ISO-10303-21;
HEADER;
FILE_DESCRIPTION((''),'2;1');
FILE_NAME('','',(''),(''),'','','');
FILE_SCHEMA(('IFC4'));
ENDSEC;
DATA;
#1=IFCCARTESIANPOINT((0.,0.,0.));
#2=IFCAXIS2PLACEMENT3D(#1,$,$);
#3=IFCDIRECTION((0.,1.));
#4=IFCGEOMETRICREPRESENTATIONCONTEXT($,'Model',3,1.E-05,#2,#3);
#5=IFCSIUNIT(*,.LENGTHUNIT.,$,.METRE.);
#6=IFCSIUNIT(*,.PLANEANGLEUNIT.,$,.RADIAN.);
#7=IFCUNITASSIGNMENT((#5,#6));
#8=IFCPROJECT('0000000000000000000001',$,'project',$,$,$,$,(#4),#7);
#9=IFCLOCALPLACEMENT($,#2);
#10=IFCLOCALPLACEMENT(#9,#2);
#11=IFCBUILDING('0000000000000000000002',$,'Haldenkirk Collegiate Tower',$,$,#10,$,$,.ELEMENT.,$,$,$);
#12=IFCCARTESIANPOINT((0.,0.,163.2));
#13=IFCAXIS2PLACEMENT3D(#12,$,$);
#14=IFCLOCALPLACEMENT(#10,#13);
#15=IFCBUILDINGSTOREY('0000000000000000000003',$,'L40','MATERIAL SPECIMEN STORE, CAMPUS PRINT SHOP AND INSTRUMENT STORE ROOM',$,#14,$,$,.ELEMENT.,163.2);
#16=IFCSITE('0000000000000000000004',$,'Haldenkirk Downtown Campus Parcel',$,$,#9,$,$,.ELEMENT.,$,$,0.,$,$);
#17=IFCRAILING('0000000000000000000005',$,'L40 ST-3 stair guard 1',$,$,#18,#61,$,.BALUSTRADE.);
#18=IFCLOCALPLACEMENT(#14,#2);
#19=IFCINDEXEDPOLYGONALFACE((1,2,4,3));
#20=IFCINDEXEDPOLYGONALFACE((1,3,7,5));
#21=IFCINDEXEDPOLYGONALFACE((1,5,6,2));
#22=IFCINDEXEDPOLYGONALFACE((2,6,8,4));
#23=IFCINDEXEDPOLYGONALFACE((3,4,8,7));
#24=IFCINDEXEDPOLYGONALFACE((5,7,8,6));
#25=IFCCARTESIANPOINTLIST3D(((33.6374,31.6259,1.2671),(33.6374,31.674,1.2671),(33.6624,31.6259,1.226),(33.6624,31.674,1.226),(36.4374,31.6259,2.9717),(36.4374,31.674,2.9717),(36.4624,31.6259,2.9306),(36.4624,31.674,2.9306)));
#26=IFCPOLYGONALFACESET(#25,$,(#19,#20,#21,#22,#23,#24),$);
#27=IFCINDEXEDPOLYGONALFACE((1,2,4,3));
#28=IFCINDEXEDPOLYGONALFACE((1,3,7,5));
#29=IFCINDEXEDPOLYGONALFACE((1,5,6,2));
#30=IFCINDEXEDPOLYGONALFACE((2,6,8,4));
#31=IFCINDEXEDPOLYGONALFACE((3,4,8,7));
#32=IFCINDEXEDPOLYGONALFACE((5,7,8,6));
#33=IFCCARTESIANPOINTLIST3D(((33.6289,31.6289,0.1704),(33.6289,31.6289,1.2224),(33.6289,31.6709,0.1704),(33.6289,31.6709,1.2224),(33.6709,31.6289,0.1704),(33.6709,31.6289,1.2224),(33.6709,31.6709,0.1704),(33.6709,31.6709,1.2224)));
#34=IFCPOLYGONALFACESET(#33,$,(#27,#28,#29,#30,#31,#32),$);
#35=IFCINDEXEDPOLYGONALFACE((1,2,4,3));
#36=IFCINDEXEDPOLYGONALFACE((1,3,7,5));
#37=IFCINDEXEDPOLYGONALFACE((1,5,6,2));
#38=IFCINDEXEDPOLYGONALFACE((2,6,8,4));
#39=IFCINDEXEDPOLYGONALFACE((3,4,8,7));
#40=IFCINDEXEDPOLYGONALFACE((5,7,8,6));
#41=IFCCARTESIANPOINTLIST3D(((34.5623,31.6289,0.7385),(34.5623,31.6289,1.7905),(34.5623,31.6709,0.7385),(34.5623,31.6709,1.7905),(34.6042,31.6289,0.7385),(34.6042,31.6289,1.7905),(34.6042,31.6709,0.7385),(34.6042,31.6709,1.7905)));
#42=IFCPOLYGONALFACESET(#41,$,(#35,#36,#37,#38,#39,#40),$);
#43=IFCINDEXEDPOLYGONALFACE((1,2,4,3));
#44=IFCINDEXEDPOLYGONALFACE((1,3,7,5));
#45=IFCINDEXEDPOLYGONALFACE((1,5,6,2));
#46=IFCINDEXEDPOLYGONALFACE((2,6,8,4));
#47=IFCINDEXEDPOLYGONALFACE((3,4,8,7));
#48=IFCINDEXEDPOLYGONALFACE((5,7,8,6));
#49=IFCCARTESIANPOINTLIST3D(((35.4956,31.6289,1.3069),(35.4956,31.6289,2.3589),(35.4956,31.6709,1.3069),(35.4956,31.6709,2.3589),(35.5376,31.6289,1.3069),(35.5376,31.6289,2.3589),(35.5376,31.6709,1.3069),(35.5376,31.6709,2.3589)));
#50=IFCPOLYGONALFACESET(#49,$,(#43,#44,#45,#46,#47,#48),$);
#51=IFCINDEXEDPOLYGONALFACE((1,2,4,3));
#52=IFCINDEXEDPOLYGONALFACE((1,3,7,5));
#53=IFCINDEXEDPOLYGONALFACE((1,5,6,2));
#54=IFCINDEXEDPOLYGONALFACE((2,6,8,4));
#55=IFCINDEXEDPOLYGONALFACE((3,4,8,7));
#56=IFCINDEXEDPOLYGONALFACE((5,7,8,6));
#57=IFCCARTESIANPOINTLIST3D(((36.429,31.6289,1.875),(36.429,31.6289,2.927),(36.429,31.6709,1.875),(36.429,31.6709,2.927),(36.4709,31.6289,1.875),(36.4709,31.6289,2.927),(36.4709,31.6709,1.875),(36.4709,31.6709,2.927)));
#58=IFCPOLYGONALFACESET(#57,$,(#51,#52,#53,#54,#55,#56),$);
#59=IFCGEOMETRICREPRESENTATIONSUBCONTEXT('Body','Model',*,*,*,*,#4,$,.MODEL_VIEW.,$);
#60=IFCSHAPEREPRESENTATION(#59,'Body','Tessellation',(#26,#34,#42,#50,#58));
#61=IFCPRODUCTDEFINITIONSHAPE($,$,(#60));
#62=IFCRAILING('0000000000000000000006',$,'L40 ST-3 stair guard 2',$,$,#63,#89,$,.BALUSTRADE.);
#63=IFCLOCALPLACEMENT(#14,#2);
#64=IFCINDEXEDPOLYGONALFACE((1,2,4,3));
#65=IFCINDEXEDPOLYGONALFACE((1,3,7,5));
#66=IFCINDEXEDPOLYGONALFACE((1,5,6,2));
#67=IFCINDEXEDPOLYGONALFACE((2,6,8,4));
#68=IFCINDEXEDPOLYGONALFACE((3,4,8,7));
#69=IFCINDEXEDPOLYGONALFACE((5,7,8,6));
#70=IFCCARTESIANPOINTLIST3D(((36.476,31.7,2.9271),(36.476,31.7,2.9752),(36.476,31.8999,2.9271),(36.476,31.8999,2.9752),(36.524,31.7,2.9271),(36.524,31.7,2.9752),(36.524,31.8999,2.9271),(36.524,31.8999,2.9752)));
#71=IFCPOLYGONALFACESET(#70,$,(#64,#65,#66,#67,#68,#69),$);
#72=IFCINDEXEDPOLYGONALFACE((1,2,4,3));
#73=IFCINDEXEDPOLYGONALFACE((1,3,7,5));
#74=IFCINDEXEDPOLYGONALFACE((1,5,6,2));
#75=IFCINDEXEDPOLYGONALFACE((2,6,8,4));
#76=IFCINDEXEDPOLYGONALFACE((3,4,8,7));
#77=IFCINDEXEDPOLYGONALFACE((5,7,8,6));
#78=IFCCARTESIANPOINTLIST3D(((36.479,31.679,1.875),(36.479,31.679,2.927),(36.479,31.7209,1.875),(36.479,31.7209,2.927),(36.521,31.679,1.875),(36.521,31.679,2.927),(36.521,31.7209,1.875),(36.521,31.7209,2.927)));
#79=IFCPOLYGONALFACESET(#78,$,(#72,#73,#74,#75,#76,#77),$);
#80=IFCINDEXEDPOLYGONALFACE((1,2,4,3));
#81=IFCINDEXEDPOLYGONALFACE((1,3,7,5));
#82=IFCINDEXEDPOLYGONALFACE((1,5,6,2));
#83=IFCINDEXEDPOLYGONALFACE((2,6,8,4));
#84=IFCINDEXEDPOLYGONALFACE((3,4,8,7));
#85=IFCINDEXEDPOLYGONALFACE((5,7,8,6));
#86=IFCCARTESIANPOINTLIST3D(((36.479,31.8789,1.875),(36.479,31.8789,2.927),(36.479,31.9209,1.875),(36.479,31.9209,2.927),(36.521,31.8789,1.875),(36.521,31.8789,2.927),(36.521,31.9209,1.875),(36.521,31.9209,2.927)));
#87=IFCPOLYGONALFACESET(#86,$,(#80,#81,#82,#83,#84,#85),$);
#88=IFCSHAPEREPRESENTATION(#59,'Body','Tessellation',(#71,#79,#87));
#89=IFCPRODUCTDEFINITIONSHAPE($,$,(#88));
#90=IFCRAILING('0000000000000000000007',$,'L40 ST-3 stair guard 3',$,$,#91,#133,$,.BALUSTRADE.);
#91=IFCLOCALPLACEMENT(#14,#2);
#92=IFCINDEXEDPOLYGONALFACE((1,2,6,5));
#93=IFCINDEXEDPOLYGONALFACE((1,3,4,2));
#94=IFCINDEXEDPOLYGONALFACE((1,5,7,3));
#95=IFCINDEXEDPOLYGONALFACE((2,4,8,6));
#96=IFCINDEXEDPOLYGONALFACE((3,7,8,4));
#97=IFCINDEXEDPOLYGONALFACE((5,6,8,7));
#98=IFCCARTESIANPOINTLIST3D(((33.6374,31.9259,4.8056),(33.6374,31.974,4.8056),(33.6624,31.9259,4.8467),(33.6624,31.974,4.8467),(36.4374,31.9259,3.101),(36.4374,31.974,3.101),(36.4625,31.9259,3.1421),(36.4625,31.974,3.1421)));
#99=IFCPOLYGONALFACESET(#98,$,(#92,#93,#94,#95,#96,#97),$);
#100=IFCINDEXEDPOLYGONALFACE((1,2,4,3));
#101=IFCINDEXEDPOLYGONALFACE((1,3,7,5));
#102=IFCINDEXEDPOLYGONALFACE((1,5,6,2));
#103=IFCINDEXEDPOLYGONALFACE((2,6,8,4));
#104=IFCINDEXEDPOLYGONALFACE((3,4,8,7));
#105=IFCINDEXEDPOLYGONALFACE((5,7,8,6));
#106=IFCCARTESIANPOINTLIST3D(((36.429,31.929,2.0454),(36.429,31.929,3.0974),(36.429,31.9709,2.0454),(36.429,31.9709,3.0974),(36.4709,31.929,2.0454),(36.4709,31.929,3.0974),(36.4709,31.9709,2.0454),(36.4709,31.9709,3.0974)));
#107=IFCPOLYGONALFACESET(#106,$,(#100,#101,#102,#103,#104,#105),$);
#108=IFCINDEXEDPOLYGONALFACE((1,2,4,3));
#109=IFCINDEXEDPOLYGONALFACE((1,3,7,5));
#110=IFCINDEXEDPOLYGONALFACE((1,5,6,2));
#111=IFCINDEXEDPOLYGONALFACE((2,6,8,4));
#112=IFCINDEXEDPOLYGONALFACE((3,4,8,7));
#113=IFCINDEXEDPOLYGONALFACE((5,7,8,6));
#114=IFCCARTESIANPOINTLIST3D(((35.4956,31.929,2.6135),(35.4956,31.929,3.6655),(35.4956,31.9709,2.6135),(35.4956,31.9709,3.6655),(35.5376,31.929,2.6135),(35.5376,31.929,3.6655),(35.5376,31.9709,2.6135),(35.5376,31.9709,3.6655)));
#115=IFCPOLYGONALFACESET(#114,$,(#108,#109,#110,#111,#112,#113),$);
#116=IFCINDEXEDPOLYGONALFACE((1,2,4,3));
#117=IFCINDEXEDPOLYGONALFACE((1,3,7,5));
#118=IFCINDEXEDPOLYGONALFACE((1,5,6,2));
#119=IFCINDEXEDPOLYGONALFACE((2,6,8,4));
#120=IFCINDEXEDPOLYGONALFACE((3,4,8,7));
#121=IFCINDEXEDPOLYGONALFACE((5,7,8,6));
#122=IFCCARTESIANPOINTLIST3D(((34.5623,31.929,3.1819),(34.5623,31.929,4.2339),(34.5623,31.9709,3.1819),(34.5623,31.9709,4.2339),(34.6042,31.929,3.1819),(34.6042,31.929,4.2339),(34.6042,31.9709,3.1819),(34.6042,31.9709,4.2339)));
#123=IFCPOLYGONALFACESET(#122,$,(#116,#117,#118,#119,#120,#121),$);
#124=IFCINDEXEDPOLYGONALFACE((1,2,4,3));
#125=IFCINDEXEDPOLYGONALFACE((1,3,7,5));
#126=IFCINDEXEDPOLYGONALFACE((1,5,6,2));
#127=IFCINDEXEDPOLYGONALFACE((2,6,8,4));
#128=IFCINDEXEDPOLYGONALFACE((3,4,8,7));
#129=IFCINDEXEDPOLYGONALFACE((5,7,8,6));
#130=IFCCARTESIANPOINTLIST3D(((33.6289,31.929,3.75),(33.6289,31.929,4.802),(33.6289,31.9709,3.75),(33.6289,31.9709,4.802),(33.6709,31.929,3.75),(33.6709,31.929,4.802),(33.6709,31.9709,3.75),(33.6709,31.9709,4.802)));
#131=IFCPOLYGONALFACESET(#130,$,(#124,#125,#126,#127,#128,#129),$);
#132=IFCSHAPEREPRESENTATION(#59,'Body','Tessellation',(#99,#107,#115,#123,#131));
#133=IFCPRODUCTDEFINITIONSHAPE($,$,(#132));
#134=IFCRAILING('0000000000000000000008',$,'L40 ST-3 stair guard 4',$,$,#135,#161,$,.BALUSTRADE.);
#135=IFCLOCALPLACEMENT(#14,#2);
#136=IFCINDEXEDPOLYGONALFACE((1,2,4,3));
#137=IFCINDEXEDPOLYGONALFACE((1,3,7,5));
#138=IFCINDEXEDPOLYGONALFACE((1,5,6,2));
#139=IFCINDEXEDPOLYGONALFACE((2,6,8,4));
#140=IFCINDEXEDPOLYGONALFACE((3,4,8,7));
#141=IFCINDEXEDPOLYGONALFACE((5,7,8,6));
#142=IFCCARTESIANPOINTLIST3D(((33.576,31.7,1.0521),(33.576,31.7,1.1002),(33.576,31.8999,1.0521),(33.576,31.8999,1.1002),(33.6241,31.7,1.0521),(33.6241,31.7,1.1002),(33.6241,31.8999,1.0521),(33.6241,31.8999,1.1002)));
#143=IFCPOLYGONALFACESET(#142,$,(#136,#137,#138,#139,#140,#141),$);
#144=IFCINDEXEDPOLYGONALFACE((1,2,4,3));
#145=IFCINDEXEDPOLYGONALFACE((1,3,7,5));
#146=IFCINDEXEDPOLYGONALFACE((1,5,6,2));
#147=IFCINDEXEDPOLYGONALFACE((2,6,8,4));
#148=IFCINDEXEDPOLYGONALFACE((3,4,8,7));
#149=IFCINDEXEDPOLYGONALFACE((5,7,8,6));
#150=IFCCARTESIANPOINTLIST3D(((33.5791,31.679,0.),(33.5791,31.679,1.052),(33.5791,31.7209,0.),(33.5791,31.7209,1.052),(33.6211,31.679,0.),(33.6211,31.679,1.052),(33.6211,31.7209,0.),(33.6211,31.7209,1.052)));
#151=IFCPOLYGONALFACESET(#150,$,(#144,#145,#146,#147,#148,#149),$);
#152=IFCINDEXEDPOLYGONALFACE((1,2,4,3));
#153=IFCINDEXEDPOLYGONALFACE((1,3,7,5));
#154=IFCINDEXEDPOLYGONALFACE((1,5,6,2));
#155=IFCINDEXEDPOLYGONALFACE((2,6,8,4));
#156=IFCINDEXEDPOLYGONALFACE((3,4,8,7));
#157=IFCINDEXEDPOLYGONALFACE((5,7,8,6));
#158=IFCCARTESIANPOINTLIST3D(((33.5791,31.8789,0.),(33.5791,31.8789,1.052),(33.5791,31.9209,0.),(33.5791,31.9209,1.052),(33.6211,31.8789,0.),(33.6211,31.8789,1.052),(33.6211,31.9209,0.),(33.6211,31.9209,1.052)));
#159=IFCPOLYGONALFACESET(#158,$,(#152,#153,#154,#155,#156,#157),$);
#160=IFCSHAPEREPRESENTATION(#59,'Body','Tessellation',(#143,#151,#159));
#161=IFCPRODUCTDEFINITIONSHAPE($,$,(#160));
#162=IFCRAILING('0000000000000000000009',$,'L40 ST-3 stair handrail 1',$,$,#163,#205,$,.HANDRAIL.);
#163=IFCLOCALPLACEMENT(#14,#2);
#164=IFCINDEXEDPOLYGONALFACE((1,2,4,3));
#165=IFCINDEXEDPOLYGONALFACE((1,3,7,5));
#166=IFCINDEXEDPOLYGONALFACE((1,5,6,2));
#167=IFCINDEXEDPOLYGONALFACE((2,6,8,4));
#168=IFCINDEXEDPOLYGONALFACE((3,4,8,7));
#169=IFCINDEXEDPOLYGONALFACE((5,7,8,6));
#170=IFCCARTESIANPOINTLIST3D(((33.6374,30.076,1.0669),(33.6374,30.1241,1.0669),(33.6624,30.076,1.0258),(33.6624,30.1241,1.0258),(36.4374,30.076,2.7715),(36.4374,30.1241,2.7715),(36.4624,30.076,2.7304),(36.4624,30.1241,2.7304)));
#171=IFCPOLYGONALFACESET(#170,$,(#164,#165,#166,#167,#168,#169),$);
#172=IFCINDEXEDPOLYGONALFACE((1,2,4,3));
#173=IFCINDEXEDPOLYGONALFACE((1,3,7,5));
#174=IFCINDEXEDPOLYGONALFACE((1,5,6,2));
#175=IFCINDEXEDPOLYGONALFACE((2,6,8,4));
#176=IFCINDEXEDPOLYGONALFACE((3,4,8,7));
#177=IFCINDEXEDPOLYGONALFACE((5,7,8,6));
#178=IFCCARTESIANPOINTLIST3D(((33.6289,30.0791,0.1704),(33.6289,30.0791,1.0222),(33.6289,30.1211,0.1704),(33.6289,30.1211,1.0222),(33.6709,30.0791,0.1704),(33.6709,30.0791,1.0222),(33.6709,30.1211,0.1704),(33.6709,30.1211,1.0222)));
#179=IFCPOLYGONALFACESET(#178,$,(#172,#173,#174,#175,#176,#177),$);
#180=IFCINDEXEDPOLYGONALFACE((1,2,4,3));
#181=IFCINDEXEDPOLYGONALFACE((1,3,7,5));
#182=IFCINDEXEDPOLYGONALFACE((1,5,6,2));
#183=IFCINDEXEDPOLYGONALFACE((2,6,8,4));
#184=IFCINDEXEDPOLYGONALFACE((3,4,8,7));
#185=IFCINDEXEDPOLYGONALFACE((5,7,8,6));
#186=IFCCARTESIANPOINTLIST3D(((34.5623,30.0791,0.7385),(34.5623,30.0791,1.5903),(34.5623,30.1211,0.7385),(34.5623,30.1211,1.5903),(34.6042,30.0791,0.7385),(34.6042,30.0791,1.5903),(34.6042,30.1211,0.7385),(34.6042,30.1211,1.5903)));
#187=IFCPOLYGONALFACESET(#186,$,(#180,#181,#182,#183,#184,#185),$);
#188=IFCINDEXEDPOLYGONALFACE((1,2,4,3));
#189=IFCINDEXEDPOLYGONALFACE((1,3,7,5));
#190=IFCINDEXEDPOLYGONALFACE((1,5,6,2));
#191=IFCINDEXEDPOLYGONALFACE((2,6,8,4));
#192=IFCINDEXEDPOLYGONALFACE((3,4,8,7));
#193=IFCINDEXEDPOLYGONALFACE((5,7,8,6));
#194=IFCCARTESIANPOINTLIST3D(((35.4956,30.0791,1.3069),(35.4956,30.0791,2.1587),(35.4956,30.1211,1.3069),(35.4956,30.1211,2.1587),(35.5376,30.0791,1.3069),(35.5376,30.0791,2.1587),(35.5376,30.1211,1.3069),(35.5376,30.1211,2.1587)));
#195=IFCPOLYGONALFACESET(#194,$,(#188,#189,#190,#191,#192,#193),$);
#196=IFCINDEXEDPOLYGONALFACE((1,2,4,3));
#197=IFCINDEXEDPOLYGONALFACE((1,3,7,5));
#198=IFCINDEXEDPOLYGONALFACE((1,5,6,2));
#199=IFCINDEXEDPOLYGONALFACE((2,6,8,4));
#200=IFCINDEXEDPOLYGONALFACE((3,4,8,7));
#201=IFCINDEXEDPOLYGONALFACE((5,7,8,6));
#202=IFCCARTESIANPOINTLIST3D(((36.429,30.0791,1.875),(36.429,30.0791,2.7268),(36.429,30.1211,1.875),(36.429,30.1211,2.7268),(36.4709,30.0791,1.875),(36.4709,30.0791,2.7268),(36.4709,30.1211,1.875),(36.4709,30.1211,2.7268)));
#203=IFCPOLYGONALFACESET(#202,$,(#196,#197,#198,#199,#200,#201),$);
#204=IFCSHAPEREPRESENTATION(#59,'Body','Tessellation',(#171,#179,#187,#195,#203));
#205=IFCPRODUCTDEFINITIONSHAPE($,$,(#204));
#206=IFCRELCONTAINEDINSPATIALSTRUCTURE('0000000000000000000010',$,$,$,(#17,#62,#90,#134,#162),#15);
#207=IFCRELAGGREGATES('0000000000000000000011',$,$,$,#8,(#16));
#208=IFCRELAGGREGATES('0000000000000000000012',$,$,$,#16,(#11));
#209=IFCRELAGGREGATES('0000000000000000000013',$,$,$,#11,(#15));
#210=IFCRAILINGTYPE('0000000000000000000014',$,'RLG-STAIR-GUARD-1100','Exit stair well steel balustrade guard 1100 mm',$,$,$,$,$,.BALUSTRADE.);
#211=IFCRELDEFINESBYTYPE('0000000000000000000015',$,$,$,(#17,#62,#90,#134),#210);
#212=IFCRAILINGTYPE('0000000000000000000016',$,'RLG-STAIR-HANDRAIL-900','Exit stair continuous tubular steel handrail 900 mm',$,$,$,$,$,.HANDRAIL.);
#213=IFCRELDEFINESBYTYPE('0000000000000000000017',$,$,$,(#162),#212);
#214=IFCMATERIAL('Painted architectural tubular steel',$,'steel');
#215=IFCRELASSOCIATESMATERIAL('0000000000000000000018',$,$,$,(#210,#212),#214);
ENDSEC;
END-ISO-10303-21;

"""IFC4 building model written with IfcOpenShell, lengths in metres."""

from ifc_helpers import new_model, si_unit, direction, frame, origin, origin_2d, place, context, subcontext, project, spatial, rectangle, extrude, material, type_object, element, save


model = new_model("IFC4")

# Units and contexts
model_context = context("Model", 3, precision=1e-05, world=origin(), true_north=direction((0.0, 1.0)))
body_context = subcontext(model_context, "Body", "Model", "MODEL_VIEW")
ifc_project = project(units=[si_unit("LENGTHUNIT", "METRE"), si_unit("PLANEANGLEUNIT", "RADIAN")], contexts=[model_context])

# Site, building, storey
site_placement = place(None, origin())
site = spatial("IfcSite", under=ifc_project, at=site_placement, Name="Haldenkirk Downtown Campus Parcel", CompositionType="ELEMENT", RefElevation=0.0)
building_placement = place(site_placement, origin())
building = spatial("IfcBuilding", under=site, at=building_placement, Name="Haldenkirk Collegiate Tower", CompositionType="ELEMENT")
storey_placement = place(building_placement, frame((0.0, 0.0, 163.2)))
storey = spatial("IfcBuildingStorey", under=building, at=storey_placement, Name="L40", Description="MATERIAL SPECIMEN STORE, CAMPUS PRINT SHOP AND INSTRUMENT STORE ROOM", CompositionType="ELEMENT", Elevation=163.2)

# Railings
ifc_material_1 = material(Name="Painted architectural tubular steel", Category="steel")
railing_type_1 = type_object("IfcRailingType", Name="RLG-STAIR-GUARD-1100", Description="Exit stair well steel balustrade guard 1100 mm", PredefinedType="BALUSTRADE", material=ifc_material_1)
railing_1_placement = place(storey_placement, frame((33.6499, 31.6499, 0.1704)))
element("IfcRailing", 1, at=railing_1_placement, inside=storey, type_object=railing_type_1, Name="L40 ST-3 stair guard 1", PredefinedType="BALUSTRADE", context=body_context, shape_type="SweptSolid", body=[
    extrude(rectangle(XDim=0.0481, YDim=0.0481, at=origin_2d()), frame((0.0, 0.0, 1.0762), z_axis=(0.85417, 0.0, 0.519994), x_axis=(0.0, 1.0, 0.0)), (0.0, 0.0, 1.0), 3.2781),
    extrude(rectangle(XDim=0.042, YDim=0.042, at=origin_2d()), origin(), (0.0, 0.0, 1.0), 1.052),
    extrude(rectangle(XDim=0.042, YDim=0.042, at=origin_2d()), frame((0.9333, 0.0, 0.5681)), (0.0, 0.0, 1.0), 1.052),
    extrude(rectangle(XDim=0.042, YDim=0.042, at=origin_2d()), frame((1.8667, 0.0, 1.1365)), (0.0, 0.0, 1.0), 1.052),
    extrude(rectangle(XDim=0.042, YDim=0.042, at=origin_2d()), frame((2.8, 0.0, 1.7046)), (0.0, 0.0, 1.0), 1.052),
])
railing_2_placement = place(storey_placement, frame((36.5, 31.7, 1.875)))
element("IfcRailing", 2, at=railing_2_placement, inside=storey, type_object=railing_type_1, Name="L40 ST-3 stair guard 2", PredefinedType="BALUSTRADE", context=body_context, shape_type="SweptSolid", body=[
    extrude(rectangle(XDim=0.0481, YDim=0.0481, at=origin_2d()), frame((0.0, 0.0, 1.0762), z_axis=(0.0, 1.0, 0.0), x_axis=(-1.0, 0.0, 0.0)), (0.0, 0.0, 1.0), 0.2),
    extrude(rectangle(XDim=0.042, YDim=0.042, at=origin_2d()), origin(), (0.0, 0.0, 1.0), 1.052),
    extrude(rectangle(XDim=0.042, YDim=0.042, at=origin_2d()), frame((0.0, 0.2, 0.0)), (0.0, 0.0, 1.0), 1.052),
])
railing_3_placement = place(storey_placement, frame((36.45, 31.95, 2.0454)))
element("IfcRailing", 3, at=railing_3_placement, inside=storey, type_object=railing_type_1, Name="L40 ST-3 stair guard 3", PredefinedType="BALUSTRADE", context=body_context, shape_type="SweptSolid", body=[
    extrude(rectangle(XDim=0.0481, YDim=0.0481, at=origin_2d()), frame((0.0, 0.0, 1.0762), z_axis=(-0.85417, 0.0, 0.519994), x_axis=(0.0, -1.0, 0.0)), (0.0, 0.0, 1.0), 3.2781),
    extrude(rectangle(XDim=0.042, YDim=0.042, at=origin_2d()), origin(), (0.0, 0.0, 1.0), 1.052),
    extrude(rectangle(XDim=0.042, YDim=0.042, at=origin_2d()), frame((-0.9333, 0.0, 0.5681)), (0.0, 0.0, 1.0), 1.052),
    extrude(rectangle(XDim=0.042, YDim=0.042, at=origin_2d()), frame((-1.8667, 0.0, 1.1365)), (0.0, 0.0, 1.0), 1.052),
    extrude(rectangle(XDim=0.042, YDim=0.042, at=origin_2d()), frame((-2.8, 0.0, 1.7046)), (0.0, 0.0, 1.0), 1.052),
])
railing_4_placement = place(storey_placement, frame((33.6001, 31.7, 0.0)))
element("IfcRailing", 4, at=railing_4_placement, inside=storey, type_object=railing_type_1, Name="L40 ST-3 stair guard 4", PredefinedType="BALUSTRADE", context=body_context, shape_type="SweptSolid", body=[
    extrude(rectangle(XDim=0.0481, YDim=0.0481, at=origin_2d()), frame((0.0, 0.0, 1.0762), z_axis=(0.0, 1.0, 0.0), x_axis=(-1.0, 0.0, 0.0)), (0.0, 0.0, 1.0), 0.2),
    extrude(rectangle(XDim=0.042, YDim=0.042, at=origin_2d()), origin(), (0.0, 0.0, 1.0), 1.052),
    extrude(rectangle(XDim=0.042, YDim=0.042, at=origin_2d()), frame((0.0, 0.2, 0.0)), (0.0, 0.0, 1.0), 1.052),
])
railing_type_2 = type_object("IfcRailingType", Name="RLG-STAIR-HANDRAIL-900", Description="Exit stair continuous tubular steel handrail 900 mm", PredefinedType="HANDRAIL", material=ifc_material_1)
railing_5_placement = place(storey_placement, frame((33.6499, 30.1001, 0.1704)))
element("IfcRailing", 5, at=railing_5_placement, inside=storey, type_object=railing_type_2, Name="L40 ST-3 stair handrail 1", PredefinedType="HANDRAIL", context=body_context, shape_type="SweptSolid", body=[
    extrude(rectangle(XDim=0.0481, YDim=0.0481, at=origin_2d()), frame((0.0, 0.0, 0.876), z_axis=(0.85417, 0.0, 0.519994), x_axis=(0.0, 1.0, 0.0)), (0.0, 0.0, 1.0), 3.2781),
    extrude(rectangle(XDim=0.042, YDim=0.042, at=origin_2d()), origin(), (0.0, 0.0, 1.0), 0.8518),
    extrude(rectangle(XDim=0.042, YDim=0.042, at=origin_2d()), frame((0.9333, 0.0, 0.5681)), (0.0, 0.0, 1.0), 0.8518),
    extrude(rectangle(XDim=0.042, YDim=0.042, at=origin_2d()), frame((1.8667, 0.0, 1.1365)), (0.0, 0.0, 1.0), 0.8518),
    extrude(rectangle(XDim=0.042, YDim=0.042, at=origin_2d()), frame((2.8, 0.0, 1.7046)), (0.0, 0.0, 1.0), 0.8518),
])

save(model, "model.ifc")
